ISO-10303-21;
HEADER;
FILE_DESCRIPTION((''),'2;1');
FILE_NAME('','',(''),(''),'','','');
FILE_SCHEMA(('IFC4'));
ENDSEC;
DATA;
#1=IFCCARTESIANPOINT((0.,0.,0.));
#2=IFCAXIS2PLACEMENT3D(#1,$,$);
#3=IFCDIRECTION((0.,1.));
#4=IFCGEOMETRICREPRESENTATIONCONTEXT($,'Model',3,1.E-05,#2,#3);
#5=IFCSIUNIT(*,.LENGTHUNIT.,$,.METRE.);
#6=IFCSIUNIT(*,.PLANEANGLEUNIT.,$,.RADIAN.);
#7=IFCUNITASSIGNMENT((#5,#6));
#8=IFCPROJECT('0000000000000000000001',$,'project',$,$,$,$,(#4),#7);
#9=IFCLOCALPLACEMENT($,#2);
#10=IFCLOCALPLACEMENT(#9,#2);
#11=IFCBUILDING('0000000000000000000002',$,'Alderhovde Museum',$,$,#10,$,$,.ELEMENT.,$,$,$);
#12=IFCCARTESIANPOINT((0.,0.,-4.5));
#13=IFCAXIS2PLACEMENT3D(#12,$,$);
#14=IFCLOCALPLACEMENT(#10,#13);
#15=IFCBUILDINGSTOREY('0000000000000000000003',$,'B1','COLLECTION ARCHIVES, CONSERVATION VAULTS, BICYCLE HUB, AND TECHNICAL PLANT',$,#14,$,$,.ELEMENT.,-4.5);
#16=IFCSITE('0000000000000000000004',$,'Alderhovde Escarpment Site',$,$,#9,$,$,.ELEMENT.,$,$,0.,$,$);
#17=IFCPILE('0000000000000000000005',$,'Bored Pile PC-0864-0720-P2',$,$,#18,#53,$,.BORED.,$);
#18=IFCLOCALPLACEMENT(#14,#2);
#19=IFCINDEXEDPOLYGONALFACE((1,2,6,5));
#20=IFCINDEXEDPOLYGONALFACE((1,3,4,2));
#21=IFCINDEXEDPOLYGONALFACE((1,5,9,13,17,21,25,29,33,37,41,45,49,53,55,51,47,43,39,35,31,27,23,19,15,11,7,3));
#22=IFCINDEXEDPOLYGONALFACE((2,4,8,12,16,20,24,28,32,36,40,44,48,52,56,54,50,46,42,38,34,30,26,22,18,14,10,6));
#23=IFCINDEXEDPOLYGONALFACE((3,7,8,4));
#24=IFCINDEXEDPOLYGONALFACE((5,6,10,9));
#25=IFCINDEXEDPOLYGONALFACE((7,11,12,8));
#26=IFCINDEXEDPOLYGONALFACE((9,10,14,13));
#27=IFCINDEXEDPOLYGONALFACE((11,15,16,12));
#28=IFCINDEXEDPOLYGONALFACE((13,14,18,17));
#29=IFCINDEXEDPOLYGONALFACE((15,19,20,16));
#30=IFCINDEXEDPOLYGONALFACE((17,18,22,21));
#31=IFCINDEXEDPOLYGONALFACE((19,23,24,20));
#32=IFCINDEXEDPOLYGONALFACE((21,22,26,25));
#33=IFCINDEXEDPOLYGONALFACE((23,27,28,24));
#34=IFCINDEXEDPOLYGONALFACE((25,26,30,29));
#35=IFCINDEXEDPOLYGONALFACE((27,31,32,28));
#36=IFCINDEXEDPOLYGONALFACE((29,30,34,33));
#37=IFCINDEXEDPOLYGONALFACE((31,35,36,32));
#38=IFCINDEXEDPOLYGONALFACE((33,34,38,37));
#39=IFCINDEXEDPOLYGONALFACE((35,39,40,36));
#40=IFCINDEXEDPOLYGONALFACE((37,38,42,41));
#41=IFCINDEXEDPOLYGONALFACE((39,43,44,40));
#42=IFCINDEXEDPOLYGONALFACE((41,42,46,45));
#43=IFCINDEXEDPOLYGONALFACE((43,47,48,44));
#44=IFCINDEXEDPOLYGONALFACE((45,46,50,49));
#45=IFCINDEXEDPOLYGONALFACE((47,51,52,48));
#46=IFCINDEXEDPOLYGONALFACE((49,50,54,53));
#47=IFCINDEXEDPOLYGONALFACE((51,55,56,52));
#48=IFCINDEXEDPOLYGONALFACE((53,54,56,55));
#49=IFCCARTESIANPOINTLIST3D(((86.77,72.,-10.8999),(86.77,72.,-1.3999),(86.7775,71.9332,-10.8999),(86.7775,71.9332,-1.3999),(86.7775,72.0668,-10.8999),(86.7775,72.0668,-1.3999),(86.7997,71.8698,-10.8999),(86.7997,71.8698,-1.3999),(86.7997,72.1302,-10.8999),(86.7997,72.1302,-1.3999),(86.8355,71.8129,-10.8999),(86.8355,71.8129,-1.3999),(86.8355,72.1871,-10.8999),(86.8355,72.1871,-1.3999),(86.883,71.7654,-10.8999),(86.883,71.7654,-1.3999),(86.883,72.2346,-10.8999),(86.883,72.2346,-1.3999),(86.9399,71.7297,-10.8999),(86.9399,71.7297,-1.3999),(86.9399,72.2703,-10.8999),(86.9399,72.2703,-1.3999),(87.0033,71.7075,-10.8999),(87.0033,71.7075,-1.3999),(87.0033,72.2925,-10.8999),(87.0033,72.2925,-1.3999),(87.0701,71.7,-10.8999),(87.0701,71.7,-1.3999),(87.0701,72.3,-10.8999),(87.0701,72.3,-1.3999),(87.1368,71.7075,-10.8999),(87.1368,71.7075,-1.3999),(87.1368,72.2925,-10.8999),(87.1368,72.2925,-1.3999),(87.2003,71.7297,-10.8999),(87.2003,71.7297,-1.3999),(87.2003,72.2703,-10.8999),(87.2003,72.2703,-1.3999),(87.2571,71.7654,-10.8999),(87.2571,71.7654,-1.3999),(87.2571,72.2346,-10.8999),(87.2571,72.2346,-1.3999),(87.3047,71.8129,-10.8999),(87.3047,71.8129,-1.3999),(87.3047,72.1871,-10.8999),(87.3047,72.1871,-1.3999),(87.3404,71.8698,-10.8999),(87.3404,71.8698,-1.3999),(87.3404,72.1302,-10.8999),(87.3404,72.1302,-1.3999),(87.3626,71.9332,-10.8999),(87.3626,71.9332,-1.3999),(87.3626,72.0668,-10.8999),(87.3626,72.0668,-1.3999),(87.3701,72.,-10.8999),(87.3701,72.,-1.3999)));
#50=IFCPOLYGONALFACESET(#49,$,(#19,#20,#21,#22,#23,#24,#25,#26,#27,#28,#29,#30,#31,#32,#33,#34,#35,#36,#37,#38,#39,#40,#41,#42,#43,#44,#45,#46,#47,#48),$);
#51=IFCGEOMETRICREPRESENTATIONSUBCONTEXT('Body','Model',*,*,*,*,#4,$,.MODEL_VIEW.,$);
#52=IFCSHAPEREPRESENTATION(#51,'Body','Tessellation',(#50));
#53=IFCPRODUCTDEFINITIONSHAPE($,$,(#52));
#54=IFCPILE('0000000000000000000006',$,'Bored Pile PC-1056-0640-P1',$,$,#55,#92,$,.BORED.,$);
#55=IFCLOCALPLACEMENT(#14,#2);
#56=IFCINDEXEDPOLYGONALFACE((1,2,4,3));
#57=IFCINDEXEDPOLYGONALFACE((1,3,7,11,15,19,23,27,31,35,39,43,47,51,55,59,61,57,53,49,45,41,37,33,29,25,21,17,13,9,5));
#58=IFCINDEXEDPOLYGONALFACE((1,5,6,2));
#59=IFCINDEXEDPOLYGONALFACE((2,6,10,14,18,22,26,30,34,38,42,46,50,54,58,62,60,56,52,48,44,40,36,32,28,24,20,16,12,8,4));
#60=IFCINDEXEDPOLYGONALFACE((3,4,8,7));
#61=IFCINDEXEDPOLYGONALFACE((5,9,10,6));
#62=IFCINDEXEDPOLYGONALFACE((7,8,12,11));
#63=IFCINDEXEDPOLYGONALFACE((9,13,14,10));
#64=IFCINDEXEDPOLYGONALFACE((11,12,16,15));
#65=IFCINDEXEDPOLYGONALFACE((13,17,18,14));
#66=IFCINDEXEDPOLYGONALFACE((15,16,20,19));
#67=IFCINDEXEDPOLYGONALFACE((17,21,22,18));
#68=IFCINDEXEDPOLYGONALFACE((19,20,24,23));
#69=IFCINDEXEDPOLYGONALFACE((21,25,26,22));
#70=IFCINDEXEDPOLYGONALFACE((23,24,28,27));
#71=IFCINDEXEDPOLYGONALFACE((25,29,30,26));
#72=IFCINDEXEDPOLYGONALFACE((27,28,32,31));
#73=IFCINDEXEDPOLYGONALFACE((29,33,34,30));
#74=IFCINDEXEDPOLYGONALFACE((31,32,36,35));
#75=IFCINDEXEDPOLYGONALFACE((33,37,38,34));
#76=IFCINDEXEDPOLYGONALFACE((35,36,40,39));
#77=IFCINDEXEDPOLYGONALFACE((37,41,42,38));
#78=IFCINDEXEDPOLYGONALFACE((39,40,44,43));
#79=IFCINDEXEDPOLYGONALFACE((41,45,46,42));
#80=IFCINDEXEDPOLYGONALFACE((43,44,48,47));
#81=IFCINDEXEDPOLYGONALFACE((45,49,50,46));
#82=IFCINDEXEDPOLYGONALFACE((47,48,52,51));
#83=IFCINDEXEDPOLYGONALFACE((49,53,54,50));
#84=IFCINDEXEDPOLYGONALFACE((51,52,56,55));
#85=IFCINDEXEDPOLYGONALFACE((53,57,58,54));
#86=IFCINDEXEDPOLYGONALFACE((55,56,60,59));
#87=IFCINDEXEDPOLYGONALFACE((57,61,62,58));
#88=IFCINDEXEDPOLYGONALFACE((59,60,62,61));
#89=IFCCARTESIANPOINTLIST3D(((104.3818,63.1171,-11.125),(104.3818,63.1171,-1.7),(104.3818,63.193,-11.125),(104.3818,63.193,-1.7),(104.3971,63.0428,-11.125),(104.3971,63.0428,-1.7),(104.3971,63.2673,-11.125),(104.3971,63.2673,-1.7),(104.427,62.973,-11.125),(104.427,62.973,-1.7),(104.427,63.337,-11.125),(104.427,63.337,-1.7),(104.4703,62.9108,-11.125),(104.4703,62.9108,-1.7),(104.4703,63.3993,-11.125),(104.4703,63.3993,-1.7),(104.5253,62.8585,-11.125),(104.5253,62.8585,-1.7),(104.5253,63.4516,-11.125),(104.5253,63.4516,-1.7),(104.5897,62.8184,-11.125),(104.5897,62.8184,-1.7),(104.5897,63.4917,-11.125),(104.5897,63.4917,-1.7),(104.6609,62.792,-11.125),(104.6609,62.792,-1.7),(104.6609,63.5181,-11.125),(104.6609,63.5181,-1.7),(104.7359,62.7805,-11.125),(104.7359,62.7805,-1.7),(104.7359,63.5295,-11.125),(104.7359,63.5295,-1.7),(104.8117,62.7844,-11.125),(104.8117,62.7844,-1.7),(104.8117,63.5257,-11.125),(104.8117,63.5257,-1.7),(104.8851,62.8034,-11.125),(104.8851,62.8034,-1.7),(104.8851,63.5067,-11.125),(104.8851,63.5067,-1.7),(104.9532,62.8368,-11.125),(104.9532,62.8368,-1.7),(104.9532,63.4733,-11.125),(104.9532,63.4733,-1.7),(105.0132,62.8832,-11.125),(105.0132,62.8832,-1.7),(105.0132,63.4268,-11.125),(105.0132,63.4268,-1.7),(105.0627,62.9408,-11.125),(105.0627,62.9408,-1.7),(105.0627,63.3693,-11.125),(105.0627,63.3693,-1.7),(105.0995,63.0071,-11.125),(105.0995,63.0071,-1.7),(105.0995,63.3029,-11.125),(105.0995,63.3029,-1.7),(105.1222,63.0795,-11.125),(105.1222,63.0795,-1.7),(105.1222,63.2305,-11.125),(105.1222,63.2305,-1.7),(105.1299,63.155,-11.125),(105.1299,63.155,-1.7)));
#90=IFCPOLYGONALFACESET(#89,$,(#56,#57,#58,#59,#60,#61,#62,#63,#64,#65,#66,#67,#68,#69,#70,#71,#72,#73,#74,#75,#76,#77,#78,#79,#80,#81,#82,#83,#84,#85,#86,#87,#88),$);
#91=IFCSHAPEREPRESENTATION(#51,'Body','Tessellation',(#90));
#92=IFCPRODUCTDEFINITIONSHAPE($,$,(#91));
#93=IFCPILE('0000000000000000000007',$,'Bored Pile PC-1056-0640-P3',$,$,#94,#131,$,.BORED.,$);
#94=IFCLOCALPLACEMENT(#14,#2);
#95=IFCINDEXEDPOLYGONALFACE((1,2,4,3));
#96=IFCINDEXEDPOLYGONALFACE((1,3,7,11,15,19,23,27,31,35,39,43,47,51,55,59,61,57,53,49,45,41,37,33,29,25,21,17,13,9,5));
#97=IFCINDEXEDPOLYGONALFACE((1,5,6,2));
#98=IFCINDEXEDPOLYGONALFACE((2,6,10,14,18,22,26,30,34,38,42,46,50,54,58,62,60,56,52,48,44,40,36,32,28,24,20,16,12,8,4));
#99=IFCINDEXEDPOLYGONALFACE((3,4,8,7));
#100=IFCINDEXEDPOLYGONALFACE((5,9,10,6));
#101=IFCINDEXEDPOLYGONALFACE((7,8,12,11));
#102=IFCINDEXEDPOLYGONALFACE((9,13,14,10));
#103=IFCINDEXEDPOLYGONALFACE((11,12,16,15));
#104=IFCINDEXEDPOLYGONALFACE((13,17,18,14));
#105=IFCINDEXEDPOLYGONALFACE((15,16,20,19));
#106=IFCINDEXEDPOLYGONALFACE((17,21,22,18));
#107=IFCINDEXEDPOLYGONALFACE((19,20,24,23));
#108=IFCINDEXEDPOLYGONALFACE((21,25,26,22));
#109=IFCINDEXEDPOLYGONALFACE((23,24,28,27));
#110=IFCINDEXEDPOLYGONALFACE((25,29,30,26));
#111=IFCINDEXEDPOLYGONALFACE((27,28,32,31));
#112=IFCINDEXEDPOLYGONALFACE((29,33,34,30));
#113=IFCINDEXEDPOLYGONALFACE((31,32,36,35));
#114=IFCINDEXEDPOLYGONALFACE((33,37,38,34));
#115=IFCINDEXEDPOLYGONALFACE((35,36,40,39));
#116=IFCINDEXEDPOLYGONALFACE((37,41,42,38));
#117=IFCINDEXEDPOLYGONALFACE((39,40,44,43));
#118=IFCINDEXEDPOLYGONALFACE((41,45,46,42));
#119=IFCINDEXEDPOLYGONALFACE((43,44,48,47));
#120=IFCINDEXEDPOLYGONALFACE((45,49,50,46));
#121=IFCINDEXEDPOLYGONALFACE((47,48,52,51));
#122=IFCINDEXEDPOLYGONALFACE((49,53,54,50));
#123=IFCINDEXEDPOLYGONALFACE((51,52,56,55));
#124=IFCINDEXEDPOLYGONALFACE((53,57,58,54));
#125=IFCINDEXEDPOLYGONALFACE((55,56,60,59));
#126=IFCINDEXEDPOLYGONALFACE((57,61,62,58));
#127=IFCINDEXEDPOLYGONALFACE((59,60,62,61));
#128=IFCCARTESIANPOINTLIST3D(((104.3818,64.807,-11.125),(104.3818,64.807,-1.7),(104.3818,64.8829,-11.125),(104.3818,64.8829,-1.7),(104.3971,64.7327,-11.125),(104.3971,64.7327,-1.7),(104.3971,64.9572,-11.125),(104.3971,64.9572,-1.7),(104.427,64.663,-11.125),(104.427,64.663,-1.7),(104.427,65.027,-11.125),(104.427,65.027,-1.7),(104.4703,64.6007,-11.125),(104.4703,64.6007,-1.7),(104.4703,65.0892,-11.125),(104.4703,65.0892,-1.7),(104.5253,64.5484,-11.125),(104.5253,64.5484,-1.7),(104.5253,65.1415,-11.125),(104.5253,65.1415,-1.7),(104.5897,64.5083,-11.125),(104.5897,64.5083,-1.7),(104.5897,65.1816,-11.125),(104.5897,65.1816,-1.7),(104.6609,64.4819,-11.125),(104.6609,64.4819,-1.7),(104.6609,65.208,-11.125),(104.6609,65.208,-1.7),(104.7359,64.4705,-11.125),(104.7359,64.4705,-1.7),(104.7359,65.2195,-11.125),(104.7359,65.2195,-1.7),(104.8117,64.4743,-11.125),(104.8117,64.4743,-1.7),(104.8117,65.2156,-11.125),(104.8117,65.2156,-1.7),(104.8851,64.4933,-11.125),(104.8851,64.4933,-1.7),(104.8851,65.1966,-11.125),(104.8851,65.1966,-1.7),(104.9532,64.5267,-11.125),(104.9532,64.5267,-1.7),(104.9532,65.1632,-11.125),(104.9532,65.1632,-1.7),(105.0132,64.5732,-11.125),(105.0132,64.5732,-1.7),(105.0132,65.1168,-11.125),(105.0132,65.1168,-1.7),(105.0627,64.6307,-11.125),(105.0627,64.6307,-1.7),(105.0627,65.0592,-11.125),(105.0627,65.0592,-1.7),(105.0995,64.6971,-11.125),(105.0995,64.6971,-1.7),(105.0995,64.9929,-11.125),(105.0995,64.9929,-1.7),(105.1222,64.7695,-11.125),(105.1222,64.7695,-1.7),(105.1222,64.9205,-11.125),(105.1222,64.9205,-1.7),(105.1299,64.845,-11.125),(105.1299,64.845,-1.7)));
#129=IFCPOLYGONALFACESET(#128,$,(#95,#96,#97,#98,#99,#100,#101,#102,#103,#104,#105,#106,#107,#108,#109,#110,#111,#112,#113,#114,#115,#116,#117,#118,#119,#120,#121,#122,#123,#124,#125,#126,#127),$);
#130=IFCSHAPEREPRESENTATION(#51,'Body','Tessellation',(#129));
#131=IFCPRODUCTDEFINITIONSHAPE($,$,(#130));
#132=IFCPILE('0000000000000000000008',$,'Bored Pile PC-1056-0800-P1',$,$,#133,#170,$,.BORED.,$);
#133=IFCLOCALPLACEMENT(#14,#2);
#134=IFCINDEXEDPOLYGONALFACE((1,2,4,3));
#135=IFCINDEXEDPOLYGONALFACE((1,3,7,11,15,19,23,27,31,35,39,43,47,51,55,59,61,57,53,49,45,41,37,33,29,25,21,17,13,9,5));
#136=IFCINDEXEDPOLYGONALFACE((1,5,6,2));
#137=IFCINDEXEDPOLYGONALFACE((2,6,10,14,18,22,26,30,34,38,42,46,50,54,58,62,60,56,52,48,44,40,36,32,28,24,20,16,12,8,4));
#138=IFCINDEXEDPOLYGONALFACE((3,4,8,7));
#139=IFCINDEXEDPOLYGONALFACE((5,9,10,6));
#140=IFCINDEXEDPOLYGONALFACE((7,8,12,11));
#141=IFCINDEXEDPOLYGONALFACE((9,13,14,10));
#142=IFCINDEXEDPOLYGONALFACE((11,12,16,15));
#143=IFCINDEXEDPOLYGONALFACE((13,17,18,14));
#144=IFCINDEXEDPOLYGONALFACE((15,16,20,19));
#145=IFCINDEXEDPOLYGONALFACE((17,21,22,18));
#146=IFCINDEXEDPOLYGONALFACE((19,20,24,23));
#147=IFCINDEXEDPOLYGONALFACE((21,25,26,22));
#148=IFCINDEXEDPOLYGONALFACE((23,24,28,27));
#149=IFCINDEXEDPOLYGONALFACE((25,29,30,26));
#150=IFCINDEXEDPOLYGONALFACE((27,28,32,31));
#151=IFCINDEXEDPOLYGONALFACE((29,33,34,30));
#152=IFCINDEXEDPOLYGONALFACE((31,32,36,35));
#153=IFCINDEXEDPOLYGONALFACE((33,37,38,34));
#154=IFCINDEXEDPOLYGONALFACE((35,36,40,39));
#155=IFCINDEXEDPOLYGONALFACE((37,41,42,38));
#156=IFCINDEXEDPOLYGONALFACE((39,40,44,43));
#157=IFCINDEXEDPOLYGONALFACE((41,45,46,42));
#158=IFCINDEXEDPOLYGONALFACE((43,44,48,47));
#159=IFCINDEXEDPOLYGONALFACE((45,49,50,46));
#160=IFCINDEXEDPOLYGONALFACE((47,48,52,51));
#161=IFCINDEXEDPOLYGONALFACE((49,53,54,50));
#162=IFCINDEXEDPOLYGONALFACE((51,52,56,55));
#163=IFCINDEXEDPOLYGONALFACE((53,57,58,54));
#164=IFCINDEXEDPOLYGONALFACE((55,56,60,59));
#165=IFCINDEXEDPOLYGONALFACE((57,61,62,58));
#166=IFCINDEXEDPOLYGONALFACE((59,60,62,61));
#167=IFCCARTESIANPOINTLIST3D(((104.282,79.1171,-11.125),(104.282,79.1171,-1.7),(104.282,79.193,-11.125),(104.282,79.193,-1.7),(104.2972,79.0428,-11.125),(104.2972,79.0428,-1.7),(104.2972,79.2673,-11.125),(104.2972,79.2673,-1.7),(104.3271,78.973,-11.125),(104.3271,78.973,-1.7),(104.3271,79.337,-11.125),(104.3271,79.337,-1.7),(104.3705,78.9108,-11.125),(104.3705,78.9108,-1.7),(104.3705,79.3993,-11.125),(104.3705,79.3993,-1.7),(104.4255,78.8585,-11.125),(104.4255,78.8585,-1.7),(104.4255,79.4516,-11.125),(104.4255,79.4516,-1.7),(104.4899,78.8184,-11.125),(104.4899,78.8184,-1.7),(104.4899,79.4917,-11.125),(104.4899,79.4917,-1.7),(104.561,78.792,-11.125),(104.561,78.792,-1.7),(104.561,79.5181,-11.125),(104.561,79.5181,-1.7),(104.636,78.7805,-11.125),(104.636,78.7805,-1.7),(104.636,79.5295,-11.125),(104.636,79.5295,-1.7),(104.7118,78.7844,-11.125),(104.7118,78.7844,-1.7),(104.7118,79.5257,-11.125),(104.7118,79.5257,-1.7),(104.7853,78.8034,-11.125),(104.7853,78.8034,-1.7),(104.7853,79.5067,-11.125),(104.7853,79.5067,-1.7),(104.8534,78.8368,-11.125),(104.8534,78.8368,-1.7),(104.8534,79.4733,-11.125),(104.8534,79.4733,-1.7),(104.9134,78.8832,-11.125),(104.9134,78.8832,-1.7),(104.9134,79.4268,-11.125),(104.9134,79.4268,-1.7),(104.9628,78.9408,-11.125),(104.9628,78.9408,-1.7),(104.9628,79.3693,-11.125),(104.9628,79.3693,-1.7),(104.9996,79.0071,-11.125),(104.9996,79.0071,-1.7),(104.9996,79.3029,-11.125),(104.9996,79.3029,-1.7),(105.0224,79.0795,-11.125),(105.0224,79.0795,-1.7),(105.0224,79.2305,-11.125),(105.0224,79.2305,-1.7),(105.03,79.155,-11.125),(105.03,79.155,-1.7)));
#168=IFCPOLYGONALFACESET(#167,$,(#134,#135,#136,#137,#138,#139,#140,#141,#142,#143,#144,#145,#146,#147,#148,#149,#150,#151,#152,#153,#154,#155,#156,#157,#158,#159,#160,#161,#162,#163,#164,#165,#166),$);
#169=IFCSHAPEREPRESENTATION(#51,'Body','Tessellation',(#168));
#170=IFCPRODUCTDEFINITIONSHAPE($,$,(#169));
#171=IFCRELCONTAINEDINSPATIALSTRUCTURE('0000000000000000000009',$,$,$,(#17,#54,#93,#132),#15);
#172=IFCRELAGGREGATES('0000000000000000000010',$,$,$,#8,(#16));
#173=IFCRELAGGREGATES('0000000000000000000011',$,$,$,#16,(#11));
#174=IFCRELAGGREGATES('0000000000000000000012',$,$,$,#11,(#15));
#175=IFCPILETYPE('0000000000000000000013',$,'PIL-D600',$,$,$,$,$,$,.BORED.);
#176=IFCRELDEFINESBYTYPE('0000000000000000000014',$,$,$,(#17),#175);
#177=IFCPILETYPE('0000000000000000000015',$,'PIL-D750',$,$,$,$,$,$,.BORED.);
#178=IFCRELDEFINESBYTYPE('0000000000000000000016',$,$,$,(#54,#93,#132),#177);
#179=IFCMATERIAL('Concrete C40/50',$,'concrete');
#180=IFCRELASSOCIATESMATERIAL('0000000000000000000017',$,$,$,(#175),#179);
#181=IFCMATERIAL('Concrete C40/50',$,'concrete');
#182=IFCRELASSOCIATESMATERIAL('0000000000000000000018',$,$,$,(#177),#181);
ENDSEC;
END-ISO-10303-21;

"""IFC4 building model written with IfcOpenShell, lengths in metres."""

from ifc_helpers import new_model, si_unit, direction, frame, origin, origin_2d, place, context, subcontext, project, spatial, circle, extrude, material, material_profile, profile_set, type_object, element, save


model = new_model("IFC4")

# Units and contexts
model_context = context("Model", 3, precision=1e-05, world=origin(), true_north=direction((0.0, 1.0)))
body_context = subcontext(model_context, "Body", "Model", "MODEL_VIEW")
ifc_project = project(units=[si_unit("LENGTHUNIT", "METRE"), si_unit("PLANEANGLEUNIT", "RADIAN")], contexts=[model_context])

# Site, building, storey
site_placement = place(None, origin())
site = spatial("IfcSite", under=ifc_project, at=site_placement, Name="Alderhovde Escarpment Site", CompositionType="ELEMENT", RefElevation=0.0)
building_placement = place(site_placement, origin())
building = spatial("IfcBuilding", under=site, at=building_placement, Name="Alderhovde Museum", CompositionType="ELEMENT")
storey_placement = place(building_placement, frame((0.0, 0.0, -4.5)))
storey = spatial("IfcBuildingStorey", under=building, at=storey_placement, Name="B1", Description="COLLECTION ARCHIVES, CONSERVATION VAULTS, BICYCLE HUB, AND TECHNICAL PLANT", CompositionType="ELEMENT", Elevation=-4.5)

# Piles
ifc_material_1 = material(Name="Concrete C40/50", Category="concrete")
ifc_material_profile_1 = material_profile(ifc_material_1, circle(Radius=0.3, at=origin_2d()), Name="PILE-D600")
ifc_profile_set_1 = profile_set([ifc_material_profile_1], Name="Concrete C40/50")
pile_type_1 = type_object("IfcPileType", Name="PIL-D600", PredefinedType="BORED", material=ifc_profile_set_1)
pile_1_placement = place(storey_placement, frame((87.0701, 72.0, -1.3999), z_axis=(0.0, 0.0, -1.0), x_axis=(1.0, 0.0, 0.0)))
element("IfcPile", 1, at=pile_1_placement, inside=storey, type_object=pile_type_1, Name="Bored Pile PC-0864-0720-P2", PredefinedType="BORED", context=body_context, shape_type="SweptSolid", body=[
    extrude(circle(Radius=0.3, at=origin_2d()), origin(), (0.0, 0.0, 1.0), 9.5),
])
ifc_material_2 = material(Name="Concrete C40/50", Category="concrete")
ifc_material_profile_2 = material_profile(ifc_material_2, circle(Radius=0.375, at=origin_2d()), Name="PILE-D750")
ifc_profile_set_2 = profile_set([ifc_material_profile_2], Name="Concrete C40/50")
pile_type_2 = type_object("IfcPileType", Name="PIL-D750", PredefinedType="BORED", material=ifc_profile_set_2)
for number, where, z_axis, x_axis, name in (
    (2, (104.7549, 63.155, -1.7), (0.0, 0.0, -1.0), (1.0, 0.0, 0.0), "Bored Pile PC-1056-0640-P1"),
    (3, (104.7549, 64.845, -1.7), (0.0, 0.0, -1.0), (1.0, 0.0, 0.0), "Bored Pile PC-1056-0640-P3"),
    (4, (104.655, 79.155, -1.7), (0.0, 0.0, -1.0), (1.0, 0.0, 0.0), "Bored Pile PC-1056-0800-P1"),
):
    element("IfcPile", number, at=place(storey_placement, frame(where, z_axis=z_axis, x_axis=x_axis)), inside=storey, type_object=pile_type_2, Name=name, PredefinedType="BORED", context=body_context, shape_type="SweptSolid", body=[
        extrude(circle(Radius=0.375, at=origin_2d()), origin(), (0.0, 0.0, 1.0), 9.425),
    ])

save(model, "model.ifc")
